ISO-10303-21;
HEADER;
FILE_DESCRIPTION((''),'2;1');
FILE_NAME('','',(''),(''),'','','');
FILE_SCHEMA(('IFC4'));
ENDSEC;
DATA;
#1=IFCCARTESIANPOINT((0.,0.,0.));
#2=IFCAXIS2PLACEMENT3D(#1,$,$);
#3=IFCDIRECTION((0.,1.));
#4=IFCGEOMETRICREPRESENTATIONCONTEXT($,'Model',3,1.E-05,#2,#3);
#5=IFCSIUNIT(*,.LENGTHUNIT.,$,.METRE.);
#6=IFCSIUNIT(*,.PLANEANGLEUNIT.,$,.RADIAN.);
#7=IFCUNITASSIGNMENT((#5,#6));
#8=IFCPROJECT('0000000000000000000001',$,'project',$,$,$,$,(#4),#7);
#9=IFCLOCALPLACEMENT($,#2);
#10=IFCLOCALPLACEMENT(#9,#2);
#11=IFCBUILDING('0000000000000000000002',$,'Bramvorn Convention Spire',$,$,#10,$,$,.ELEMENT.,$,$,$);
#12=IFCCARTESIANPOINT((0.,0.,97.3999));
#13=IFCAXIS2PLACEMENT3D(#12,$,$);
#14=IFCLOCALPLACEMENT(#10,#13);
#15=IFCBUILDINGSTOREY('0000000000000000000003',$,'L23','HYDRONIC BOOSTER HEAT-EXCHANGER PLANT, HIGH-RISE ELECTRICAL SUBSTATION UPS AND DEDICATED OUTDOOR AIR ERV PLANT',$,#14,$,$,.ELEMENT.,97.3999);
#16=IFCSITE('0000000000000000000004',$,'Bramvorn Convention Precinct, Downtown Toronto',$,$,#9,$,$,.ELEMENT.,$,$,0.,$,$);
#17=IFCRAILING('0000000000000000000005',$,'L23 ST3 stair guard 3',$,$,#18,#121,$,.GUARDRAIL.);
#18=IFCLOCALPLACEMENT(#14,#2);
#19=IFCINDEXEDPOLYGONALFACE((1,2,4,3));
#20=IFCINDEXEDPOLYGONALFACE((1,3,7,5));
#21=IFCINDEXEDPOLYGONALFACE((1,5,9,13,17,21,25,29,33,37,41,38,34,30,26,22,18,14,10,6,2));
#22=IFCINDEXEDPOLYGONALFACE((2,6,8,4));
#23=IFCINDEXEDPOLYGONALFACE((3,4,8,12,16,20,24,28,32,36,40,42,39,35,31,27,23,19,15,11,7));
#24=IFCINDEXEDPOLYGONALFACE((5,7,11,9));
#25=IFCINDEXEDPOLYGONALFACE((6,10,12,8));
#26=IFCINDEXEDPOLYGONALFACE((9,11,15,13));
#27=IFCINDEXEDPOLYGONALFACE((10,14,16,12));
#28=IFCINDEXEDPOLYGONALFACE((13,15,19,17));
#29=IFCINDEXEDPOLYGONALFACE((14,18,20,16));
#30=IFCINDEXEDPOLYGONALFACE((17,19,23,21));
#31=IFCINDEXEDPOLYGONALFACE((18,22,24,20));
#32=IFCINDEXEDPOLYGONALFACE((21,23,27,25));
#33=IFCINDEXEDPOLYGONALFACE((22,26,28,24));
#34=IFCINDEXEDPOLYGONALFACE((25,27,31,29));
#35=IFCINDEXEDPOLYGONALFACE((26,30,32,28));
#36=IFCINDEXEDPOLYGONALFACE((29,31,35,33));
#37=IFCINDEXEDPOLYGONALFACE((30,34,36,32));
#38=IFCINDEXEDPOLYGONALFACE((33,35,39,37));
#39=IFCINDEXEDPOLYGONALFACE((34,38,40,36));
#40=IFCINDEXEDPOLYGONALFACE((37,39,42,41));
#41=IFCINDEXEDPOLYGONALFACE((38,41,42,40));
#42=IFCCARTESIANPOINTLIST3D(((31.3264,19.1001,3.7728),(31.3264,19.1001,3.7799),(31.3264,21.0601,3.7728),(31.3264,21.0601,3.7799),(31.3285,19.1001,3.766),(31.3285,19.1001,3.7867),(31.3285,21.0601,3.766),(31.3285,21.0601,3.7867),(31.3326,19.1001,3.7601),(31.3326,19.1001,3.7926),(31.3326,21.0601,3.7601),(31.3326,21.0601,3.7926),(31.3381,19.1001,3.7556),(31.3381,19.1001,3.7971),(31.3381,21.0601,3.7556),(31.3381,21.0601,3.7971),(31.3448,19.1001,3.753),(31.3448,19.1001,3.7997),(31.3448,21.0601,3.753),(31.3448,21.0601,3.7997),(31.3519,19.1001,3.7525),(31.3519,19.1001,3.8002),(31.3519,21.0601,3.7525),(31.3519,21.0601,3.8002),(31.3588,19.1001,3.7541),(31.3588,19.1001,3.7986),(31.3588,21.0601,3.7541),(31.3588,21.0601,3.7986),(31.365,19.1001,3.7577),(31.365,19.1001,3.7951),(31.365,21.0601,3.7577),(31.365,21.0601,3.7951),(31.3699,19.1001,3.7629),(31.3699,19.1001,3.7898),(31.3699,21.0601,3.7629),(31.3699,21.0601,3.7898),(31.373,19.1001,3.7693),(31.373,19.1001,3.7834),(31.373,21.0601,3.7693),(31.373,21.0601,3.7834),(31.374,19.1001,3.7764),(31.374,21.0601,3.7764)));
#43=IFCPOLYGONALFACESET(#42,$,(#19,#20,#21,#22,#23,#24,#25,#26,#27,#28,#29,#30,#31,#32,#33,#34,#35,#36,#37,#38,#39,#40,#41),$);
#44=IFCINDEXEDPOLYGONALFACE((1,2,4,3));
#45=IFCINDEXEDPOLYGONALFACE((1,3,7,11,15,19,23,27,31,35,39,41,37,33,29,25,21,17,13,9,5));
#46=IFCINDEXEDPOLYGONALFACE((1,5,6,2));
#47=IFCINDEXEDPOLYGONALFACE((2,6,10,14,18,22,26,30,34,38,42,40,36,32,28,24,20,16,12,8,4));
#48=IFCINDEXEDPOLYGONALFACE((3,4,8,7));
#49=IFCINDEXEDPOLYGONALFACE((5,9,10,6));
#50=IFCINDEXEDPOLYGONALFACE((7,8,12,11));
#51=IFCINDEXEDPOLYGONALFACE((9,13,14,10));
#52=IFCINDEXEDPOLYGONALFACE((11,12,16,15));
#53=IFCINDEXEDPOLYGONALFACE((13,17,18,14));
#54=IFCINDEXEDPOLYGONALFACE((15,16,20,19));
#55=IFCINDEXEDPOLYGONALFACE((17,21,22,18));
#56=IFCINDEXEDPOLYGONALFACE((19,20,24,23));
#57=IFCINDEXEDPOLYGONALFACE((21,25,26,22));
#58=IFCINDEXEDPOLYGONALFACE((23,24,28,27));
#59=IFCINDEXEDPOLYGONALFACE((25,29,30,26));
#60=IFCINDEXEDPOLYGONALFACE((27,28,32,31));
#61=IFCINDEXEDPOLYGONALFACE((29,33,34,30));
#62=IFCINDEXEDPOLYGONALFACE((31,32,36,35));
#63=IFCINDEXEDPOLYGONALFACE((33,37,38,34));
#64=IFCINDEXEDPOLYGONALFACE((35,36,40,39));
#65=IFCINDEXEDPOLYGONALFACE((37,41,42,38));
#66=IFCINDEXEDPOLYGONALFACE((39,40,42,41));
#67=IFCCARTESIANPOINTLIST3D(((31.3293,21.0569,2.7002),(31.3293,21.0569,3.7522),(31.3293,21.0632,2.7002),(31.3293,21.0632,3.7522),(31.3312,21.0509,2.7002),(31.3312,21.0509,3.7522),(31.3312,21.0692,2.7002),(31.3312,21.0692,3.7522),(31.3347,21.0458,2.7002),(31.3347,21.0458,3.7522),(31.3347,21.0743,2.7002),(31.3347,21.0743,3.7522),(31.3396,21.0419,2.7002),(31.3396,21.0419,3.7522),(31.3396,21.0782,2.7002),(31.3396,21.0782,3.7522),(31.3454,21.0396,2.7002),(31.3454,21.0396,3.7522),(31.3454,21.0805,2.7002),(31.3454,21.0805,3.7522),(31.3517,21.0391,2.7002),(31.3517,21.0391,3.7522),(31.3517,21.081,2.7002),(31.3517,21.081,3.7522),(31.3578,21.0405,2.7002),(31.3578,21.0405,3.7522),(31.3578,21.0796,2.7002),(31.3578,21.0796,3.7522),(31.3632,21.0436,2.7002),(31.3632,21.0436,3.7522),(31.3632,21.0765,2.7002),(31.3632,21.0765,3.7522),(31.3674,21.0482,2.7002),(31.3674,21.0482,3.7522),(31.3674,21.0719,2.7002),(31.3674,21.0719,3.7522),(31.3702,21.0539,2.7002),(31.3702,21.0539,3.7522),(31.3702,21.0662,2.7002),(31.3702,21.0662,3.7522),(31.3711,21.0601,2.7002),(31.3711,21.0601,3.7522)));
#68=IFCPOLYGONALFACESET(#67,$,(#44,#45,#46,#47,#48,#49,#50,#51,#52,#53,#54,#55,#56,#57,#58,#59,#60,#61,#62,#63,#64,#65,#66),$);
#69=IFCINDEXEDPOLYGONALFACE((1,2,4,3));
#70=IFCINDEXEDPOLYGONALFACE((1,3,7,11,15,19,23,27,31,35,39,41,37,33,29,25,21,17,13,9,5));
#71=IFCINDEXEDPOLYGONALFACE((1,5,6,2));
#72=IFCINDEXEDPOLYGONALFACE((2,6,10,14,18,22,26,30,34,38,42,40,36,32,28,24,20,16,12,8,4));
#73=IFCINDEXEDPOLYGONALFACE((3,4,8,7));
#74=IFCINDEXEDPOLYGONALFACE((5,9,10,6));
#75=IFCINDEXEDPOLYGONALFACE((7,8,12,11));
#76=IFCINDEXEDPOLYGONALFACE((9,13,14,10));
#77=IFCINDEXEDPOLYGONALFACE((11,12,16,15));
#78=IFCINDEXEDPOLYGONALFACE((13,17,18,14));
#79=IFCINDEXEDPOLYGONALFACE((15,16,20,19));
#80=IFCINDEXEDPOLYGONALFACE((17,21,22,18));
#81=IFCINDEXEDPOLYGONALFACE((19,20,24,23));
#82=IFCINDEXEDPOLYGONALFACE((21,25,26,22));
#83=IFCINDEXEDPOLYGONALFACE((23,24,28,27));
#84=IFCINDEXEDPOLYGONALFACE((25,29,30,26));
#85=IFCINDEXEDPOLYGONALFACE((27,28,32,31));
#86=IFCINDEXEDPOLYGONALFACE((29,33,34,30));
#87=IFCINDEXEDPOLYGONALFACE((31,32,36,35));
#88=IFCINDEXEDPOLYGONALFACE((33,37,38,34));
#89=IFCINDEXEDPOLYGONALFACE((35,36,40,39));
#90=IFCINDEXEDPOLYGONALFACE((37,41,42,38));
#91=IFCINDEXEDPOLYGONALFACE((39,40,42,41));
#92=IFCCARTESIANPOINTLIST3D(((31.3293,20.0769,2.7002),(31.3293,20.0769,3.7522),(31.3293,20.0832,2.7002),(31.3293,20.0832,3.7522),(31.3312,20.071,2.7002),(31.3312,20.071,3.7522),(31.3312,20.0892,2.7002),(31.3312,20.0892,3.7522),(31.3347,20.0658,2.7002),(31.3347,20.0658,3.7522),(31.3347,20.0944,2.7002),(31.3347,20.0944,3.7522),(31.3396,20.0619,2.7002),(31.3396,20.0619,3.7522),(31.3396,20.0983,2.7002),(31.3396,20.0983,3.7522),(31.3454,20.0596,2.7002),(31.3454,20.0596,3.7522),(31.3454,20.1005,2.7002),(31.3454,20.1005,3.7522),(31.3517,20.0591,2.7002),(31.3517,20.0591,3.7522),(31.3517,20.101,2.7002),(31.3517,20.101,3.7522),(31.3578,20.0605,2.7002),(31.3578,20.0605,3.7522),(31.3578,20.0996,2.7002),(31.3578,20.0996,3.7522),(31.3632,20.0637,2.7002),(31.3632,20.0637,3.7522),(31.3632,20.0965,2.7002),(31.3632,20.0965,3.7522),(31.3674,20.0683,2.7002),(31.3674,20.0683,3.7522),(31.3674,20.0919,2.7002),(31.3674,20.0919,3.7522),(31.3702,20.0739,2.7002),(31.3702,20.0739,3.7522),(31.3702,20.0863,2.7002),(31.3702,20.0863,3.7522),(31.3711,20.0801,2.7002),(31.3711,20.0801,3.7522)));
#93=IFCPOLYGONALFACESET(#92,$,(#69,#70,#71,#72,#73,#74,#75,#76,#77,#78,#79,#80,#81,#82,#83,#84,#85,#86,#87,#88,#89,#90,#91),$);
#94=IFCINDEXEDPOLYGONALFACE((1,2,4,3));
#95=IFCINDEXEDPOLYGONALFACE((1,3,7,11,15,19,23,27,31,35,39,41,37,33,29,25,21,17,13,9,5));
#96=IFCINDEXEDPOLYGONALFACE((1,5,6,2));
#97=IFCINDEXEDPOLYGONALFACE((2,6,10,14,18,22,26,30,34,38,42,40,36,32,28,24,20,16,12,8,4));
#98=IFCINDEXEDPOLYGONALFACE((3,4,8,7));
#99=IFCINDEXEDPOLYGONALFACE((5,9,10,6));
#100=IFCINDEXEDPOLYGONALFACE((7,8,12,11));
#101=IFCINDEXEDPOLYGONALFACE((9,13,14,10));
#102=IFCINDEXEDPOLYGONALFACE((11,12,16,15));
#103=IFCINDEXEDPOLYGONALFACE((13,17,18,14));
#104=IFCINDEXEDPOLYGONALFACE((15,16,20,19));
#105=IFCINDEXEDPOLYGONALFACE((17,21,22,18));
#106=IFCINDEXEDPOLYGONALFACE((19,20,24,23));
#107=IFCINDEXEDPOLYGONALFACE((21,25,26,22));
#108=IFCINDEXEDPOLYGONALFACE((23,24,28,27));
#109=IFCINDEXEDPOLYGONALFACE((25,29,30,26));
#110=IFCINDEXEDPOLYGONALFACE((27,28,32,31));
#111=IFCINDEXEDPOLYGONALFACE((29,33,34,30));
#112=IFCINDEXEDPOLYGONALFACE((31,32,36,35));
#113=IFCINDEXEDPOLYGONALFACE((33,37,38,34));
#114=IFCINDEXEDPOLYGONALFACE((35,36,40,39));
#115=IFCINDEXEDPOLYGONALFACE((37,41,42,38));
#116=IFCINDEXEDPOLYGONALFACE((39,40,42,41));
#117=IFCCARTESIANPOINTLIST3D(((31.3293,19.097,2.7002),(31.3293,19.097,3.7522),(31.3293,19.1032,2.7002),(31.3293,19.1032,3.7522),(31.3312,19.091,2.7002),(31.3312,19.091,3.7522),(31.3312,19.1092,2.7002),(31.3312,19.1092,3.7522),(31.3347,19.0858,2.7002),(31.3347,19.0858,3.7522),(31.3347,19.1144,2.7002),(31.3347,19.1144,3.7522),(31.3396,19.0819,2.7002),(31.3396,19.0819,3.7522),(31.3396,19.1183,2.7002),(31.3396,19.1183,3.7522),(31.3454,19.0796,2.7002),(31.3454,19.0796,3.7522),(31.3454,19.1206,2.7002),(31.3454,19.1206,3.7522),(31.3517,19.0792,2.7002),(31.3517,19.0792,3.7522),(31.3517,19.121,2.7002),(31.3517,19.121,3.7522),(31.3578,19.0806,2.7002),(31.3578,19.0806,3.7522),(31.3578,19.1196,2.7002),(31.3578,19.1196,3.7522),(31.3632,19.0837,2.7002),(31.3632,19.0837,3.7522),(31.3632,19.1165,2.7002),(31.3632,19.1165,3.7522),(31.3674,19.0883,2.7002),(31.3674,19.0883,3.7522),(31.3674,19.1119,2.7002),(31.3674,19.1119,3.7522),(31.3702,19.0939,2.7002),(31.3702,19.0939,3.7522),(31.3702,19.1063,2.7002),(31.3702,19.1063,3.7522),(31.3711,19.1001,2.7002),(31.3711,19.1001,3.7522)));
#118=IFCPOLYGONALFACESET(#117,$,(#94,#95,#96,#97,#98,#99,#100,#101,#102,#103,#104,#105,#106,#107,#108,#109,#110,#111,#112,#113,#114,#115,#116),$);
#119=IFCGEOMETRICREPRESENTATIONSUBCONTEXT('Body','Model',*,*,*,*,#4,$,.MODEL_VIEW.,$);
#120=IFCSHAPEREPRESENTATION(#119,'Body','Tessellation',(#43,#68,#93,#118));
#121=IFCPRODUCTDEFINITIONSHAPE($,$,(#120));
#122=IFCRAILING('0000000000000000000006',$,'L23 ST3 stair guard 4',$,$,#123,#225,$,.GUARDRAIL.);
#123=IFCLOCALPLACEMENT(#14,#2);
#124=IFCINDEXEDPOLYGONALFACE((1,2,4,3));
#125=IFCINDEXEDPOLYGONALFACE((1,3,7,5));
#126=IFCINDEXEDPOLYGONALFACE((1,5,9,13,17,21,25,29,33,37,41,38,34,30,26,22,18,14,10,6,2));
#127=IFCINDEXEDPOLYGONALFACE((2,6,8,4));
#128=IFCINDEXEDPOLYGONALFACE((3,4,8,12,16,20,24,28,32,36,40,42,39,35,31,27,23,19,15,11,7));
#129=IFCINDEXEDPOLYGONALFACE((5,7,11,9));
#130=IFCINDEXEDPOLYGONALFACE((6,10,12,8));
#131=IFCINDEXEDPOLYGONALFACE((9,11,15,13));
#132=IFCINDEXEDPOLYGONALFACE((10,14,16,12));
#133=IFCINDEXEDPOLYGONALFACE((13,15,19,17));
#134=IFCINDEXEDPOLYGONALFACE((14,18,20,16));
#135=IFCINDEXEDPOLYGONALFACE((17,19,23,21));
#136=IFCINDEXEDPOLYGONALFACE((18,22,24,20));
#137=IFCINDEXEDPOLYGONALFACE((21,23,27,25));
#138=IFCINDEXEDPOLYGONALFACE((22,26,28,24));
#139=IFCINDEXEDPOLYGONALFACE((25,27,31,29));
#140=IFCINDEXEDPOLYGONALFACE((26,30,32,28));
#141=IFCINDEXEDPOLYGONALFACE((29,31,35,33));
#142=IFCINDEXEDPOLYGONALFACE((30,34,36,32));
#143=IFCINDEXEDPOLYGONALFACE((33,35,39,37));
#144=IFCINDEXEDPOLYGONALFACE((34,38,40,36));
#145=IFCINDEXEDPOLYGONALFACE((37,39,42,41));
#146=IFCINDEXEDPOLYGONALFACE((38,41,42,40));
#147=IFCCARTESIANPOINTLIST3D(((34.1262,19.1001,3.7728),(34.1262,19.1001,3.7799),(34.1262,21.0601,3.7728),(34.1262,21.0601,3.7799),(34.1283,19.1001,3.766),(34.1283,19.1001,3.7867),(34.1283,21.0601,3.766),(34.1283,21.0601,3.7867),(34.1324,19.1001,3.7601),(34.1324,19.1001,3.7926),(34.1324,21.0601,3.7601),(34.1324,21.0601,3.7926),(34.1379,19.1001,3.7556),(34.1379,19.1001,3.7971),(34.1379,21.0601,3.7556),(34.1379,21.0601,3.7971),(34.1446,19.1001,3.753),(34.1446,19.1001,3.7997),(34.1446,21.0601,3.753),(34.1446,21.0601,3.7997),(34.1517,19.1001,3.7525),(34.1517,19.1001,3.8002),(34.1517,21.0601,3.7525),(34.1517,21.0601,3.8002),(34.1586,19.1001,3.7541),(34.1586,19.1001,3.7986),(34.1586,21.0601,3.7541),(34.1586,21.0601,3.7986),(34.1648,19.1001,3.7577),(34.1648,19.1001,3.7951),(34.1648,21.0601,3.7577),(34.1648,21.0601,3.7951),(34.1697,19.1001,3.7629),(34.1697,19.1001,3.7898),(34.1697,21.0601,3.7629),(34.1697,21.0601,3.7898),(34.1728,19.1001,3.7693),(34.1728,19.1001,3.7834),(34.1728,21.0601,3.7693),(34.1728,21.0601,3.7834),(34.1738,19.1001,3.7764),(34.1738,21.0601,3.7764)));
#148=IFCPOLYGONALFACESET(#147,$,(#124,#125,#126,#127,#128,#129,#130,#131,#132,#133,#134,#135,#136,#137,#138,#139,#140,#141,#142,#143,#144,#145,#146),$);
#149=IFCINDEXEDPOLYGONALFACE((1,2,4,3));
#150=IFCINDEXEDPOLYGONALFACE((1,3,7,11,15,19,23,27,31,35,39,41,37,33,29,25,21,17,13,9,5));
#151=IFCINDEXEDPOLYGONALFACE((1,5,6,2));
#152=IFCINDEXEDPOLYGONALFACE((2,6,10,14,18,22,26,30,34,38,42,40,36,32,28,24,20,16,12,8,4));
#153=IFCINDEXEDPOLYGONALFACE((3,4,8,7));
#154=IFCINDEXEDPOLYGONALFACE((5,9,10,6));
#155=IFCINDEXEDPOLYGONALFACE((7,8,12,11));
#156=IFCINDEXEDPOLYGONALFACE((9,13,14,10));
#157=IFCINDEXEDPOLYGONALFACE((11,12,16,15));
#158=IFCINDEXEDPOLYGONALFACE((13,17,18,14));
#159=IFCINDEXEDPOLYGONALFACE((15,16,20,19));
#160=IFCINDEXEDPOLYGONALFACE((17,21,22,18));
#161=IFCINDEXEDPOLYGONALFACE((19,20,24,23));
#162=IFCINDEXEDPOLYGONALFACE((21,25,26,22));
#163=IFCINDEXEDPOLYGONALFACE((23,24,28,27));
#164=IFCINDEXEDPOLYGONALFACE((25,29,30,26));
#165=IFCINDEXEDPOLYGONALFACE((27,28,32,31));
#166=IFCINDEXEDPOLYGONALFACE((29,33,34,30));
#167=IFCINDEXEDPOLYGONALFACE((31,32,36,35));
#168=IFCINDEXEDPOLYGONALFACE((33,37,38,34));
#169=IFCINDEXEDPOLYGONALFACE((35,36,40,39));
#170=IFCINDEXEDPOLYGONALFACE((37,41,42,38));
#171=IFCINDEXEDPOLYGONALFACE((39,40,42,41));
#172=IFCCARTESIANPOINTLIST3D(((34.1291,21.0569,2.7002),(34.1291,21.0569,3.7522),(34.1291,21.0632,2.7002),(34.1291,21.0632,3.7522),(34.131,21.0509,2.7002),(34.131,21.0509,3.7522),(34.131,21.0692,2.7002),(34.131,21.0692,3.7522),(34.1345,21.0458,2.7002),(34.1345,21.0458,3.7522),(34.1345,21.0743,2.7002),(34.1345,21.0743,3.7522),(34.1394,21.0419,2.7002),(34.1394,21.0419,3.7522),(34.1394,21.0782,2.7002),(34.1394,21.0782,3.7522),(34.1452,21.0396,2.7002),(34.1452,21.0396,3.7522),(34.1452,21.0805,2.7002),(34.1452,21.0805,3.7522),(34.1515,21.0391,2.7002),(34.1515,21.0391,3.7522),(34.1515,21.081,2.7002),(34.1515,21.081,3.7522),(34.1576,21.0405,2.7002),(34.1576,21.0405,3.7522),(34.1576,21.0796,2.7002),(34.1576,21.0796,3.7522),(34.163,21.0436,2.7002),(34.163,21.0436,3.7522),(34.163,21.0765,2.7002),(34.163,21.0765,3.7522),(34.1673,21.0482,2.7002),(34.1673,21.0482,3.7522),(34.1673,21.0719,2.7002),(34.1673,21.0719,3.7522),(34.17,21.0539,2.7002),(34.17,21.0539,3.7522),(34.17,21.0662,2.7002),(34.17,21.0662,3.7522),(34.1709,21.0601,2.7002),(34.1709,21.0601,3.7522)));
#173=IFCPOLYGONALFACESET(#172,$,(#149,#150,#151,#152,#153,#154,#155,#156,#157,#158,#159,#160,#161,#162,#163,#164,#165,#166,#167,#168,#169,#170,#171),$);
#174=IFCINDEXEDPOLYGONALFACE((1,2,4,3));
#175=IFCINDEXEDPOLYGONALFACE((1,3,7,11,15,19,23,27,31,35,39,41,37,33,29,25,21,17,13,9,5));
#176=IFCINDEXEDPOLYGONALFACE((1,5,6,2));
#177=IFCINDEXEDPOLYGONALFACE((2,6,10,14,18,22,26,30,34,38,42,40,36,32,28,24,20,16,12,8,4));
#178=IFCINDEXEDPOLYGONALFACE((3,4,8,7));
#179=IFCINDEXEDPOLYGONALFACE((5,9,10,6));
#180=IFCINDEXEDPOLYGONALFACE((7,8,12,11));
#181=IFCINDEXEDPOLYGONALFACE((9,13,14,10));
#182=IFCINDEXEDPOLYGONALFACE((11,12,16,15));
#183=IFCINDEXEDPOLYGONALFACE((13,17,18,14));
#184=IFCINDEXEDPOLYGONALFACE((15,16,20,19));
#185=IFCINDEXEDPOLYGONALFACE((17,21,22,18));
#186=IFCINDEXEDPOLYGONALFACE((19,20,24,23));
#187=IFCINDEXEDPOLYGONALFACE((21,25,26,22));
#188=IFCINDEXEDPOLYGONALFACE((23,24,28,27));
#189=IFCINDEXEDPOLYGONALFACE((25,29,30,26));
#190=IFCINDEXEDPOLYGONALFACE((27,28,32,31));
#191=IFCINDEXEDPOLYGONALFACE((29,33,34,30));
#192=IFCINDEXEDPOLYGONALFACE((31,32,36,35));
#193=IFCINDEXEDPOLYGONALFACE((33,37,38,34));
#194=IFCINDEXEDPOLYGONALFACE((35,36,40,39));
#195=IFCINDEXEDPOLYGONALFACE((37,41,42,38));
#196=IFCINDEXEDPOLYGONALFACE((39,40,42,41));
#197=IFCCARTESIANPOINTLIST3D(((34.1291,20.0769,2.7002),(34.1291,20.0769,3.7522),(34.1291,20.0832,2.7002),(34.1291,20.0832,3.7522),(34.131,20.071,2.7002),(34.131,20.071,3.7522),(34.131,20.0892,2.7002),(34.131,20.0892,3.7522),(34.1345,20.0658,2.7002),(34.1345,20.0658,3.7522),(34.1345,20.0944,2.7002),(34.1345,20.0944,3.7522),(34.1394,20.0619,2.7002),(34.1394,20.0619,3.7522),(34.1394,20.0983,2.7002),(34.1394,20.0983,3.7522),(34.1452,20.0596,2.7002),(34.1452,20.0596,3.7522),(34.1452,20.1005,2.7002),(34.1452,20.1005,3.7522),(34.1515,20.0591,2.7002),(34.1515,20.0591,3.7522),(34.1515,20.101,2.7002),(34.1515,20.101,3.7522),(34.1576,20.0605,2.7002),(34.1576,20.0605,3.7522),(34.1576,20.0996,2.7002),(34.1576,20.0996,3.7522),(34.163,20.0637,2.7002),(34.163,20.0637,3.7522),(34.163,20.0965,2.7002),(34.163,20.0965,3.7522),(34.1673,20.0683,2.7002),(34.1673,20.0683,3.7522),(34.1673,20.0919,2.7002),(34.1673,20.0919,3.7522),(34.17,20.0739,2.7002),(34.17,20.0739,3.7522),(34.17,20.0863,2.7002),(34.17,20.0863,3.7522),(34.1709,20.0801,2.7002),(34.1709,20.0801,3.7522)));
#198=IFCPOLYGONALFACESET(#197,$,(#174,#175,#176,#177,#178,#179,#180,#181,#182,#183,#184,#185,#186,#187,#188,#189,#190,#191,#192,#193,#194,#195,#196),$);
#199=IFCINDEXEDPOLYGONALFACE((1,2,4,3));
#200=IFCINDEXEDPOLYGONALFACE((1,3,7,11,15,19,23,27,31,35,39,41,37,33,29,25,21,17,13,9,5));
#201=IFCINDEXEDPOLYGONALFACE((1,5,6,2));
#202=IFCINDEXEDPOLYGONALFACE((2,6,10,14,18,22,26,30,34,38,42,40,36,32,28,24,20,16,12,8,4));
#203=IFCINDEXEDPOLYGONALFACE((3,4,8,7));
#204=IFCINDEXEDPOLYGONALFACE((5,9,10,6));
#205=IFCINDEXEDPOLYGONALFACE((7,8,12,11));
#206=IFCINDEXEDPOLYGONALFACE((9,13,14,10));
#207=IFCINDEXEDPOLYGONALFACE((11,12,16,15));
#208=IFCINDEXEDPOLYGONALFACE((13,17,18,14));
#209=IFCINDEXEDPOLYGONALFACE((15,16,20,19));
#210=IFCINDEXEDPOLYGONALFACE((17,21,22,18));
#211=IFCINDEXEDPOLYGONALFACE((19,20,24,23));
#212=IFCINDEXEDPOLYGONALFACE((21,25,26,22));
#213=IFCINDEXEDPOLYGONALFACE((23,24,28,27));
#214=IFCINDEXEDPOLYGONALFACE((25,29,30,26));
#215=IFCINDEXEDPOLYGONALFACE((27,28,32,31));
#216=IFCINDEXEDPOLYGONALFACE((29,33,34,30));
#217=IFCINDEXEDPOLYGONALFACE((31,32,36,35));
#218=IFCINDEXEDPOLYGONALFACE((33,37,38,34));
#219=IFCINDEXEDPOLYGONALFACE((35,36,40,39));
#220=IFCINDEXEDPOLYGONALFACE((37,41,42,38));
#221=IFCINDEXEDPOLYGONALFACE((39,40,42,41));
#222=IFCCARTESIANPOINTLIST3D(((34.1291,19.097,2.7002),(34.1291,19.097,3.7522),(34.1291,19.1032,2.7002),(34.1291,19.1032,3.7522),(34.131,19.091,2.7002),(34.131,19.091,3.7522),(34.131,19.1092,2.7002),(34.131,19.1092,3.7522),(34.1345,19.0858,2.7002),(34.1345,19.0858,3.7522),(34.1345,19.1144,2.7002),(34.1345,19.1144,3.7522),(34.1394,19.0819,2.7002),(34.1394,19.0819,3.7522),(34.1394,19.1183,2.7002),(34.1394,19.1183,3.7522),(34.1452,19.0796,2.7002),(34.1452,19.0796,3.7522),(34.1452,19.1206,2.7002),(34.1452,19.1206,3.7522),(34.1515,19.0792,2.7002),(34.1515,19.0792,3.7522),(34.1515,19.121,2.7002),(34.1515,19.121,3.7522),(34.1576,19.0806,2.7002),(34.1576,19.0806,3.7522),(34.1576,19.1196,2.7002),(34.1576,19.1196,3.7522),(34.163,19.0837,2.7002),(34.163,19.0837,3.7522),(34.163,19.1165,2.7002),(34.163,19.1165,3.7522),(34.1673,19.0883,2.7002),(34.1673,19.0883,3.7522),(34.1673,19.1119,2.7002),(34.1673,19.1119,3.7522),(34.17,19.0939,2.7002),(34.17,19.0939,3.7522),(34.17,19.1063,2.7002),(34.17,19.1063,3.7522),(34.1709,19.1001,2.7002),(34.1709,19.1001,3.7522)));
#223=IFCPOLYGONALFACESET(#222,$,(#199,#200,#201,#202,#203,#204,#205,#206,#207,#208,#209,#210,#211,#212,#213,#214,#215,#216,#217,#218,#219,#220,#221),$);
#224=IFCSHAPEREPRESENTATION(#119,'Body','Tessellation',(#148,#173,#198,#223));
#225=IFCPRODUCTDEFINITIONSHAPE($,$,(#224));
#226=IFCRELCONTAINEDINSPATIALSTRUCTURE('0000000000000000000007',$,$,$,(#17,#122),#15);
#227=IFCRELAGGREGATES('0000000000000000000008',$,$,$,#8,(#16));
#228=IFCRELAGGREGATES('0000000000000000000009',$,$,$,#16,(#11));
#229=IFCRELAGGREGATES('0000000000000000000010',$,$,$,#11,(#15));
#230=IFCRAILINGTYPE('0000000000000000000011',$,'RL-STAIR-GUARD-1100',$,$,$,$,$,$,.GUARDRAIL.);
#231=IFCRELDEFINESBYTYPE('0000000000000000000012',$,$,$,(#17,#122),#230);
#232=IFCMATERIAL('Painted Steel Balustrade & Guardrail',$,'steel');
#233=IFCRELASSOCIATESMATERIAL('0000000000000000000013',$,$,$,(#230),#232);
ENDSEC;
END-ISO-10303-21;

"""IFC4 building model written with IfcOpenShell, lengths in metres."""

from ifc_helpers import new_model, si_unit, direction, frame, origin, origin_2d, place, context, subcontext, project, spatial, circle, extrude, material, type_object, element, save


model = new_model("IFC4")

# Units and contexts
model_context = context("Model", 3, precision=1e-05, world=origin(), true_north=direction((0.0, 1.0)))
body_context = subcontext(model_context, "Body", "Model", "MODEL_VIEW")
ifc_project = project(units=[si_unit("LENGTHUNIT", "METRE"), si_unit("PLANEANGLEUNIT", "RADIAN")], contexts=[model_context])

# Site, building, storey
site_placement = place(None, origin())
site = spatial("IfcSite", under=ifc_project, at=site_placement, Name="Bramvorn Convention Precinct, Downtown Toronto", CompositionType="ELEMENT", RefElevation=0.0)
building_placement = place(site_placement, origin())
building = spatial("IfcBuilding", under=site, at=building_placement, Name="Bramvorn Convention Spire", CompositionType="ELEMENT")
storey_placement = place(building_placement, frame((0.0, 0.0, 97.3999)))
storey = spatial("IfcBuildingStorey", under=building, at=storey_placement, Name="L23", Description="HYDRONIC BOOSTER HEAT-EXCHANGER PLANT, HIGH-RISE ELECTRICAL SUBSTATION UPS AND DEDICATED OUTDOOR AIR ERV PLANT", CompositionType="ELEMENT", Elevation=97.3999)

# Railings
ifc_material_1 = material(Name="Painted Steel Balustrade & Guardrail", Category="steel")
railing_type_1 = type_object("IfcRailingType", Name="RL-STAIR-GUARD-1100", PredefinedType="GUARDRAIL", material=ifc_material_1)
for number, where, name in (
    (1, (31.3501, 21.0601, 2.7002), "L23 ST3 stair guard 3"),
    (2, (34.1499, 21.0601, 2.7002), "L23 ST3 stair guard 4"),
):
    element("IfcRailing", number, at=place(storey_placement, frame(where)), inside=storey, type_object=railing_type_1, Name=name, PredefinedType="GUARDRAIL", context=body_context, shape_type="SweptSolid", body=[
        extrude(circle(Radius=0.0239, at=origin_2d()), frame((0.0, 0.0, 1.0762), z_axis=(0.0, -1.0, 0.0), x_axis=(1.0, 0.0, 0.0)), (0.0, 0.0, 1.0), 1.96),
        extrude(circle(Radius=0.021, at=origin_2d()), origin(), (0.0, 0.0, 1.0), 1.052),
        extrude(circle(Radius=0.021, at=origin_2d()), frame((0.0, -0.98, 0.0)), (0.0, 0.0, 1.0), 1.052),
        extrude(circle(Radius=0.021, at=origin_2d()), frame((0.0, -1.96, 0.0)), (0.0, 0.0, 1.0), 1.052),
    ])

save(model, "model.ifc")
